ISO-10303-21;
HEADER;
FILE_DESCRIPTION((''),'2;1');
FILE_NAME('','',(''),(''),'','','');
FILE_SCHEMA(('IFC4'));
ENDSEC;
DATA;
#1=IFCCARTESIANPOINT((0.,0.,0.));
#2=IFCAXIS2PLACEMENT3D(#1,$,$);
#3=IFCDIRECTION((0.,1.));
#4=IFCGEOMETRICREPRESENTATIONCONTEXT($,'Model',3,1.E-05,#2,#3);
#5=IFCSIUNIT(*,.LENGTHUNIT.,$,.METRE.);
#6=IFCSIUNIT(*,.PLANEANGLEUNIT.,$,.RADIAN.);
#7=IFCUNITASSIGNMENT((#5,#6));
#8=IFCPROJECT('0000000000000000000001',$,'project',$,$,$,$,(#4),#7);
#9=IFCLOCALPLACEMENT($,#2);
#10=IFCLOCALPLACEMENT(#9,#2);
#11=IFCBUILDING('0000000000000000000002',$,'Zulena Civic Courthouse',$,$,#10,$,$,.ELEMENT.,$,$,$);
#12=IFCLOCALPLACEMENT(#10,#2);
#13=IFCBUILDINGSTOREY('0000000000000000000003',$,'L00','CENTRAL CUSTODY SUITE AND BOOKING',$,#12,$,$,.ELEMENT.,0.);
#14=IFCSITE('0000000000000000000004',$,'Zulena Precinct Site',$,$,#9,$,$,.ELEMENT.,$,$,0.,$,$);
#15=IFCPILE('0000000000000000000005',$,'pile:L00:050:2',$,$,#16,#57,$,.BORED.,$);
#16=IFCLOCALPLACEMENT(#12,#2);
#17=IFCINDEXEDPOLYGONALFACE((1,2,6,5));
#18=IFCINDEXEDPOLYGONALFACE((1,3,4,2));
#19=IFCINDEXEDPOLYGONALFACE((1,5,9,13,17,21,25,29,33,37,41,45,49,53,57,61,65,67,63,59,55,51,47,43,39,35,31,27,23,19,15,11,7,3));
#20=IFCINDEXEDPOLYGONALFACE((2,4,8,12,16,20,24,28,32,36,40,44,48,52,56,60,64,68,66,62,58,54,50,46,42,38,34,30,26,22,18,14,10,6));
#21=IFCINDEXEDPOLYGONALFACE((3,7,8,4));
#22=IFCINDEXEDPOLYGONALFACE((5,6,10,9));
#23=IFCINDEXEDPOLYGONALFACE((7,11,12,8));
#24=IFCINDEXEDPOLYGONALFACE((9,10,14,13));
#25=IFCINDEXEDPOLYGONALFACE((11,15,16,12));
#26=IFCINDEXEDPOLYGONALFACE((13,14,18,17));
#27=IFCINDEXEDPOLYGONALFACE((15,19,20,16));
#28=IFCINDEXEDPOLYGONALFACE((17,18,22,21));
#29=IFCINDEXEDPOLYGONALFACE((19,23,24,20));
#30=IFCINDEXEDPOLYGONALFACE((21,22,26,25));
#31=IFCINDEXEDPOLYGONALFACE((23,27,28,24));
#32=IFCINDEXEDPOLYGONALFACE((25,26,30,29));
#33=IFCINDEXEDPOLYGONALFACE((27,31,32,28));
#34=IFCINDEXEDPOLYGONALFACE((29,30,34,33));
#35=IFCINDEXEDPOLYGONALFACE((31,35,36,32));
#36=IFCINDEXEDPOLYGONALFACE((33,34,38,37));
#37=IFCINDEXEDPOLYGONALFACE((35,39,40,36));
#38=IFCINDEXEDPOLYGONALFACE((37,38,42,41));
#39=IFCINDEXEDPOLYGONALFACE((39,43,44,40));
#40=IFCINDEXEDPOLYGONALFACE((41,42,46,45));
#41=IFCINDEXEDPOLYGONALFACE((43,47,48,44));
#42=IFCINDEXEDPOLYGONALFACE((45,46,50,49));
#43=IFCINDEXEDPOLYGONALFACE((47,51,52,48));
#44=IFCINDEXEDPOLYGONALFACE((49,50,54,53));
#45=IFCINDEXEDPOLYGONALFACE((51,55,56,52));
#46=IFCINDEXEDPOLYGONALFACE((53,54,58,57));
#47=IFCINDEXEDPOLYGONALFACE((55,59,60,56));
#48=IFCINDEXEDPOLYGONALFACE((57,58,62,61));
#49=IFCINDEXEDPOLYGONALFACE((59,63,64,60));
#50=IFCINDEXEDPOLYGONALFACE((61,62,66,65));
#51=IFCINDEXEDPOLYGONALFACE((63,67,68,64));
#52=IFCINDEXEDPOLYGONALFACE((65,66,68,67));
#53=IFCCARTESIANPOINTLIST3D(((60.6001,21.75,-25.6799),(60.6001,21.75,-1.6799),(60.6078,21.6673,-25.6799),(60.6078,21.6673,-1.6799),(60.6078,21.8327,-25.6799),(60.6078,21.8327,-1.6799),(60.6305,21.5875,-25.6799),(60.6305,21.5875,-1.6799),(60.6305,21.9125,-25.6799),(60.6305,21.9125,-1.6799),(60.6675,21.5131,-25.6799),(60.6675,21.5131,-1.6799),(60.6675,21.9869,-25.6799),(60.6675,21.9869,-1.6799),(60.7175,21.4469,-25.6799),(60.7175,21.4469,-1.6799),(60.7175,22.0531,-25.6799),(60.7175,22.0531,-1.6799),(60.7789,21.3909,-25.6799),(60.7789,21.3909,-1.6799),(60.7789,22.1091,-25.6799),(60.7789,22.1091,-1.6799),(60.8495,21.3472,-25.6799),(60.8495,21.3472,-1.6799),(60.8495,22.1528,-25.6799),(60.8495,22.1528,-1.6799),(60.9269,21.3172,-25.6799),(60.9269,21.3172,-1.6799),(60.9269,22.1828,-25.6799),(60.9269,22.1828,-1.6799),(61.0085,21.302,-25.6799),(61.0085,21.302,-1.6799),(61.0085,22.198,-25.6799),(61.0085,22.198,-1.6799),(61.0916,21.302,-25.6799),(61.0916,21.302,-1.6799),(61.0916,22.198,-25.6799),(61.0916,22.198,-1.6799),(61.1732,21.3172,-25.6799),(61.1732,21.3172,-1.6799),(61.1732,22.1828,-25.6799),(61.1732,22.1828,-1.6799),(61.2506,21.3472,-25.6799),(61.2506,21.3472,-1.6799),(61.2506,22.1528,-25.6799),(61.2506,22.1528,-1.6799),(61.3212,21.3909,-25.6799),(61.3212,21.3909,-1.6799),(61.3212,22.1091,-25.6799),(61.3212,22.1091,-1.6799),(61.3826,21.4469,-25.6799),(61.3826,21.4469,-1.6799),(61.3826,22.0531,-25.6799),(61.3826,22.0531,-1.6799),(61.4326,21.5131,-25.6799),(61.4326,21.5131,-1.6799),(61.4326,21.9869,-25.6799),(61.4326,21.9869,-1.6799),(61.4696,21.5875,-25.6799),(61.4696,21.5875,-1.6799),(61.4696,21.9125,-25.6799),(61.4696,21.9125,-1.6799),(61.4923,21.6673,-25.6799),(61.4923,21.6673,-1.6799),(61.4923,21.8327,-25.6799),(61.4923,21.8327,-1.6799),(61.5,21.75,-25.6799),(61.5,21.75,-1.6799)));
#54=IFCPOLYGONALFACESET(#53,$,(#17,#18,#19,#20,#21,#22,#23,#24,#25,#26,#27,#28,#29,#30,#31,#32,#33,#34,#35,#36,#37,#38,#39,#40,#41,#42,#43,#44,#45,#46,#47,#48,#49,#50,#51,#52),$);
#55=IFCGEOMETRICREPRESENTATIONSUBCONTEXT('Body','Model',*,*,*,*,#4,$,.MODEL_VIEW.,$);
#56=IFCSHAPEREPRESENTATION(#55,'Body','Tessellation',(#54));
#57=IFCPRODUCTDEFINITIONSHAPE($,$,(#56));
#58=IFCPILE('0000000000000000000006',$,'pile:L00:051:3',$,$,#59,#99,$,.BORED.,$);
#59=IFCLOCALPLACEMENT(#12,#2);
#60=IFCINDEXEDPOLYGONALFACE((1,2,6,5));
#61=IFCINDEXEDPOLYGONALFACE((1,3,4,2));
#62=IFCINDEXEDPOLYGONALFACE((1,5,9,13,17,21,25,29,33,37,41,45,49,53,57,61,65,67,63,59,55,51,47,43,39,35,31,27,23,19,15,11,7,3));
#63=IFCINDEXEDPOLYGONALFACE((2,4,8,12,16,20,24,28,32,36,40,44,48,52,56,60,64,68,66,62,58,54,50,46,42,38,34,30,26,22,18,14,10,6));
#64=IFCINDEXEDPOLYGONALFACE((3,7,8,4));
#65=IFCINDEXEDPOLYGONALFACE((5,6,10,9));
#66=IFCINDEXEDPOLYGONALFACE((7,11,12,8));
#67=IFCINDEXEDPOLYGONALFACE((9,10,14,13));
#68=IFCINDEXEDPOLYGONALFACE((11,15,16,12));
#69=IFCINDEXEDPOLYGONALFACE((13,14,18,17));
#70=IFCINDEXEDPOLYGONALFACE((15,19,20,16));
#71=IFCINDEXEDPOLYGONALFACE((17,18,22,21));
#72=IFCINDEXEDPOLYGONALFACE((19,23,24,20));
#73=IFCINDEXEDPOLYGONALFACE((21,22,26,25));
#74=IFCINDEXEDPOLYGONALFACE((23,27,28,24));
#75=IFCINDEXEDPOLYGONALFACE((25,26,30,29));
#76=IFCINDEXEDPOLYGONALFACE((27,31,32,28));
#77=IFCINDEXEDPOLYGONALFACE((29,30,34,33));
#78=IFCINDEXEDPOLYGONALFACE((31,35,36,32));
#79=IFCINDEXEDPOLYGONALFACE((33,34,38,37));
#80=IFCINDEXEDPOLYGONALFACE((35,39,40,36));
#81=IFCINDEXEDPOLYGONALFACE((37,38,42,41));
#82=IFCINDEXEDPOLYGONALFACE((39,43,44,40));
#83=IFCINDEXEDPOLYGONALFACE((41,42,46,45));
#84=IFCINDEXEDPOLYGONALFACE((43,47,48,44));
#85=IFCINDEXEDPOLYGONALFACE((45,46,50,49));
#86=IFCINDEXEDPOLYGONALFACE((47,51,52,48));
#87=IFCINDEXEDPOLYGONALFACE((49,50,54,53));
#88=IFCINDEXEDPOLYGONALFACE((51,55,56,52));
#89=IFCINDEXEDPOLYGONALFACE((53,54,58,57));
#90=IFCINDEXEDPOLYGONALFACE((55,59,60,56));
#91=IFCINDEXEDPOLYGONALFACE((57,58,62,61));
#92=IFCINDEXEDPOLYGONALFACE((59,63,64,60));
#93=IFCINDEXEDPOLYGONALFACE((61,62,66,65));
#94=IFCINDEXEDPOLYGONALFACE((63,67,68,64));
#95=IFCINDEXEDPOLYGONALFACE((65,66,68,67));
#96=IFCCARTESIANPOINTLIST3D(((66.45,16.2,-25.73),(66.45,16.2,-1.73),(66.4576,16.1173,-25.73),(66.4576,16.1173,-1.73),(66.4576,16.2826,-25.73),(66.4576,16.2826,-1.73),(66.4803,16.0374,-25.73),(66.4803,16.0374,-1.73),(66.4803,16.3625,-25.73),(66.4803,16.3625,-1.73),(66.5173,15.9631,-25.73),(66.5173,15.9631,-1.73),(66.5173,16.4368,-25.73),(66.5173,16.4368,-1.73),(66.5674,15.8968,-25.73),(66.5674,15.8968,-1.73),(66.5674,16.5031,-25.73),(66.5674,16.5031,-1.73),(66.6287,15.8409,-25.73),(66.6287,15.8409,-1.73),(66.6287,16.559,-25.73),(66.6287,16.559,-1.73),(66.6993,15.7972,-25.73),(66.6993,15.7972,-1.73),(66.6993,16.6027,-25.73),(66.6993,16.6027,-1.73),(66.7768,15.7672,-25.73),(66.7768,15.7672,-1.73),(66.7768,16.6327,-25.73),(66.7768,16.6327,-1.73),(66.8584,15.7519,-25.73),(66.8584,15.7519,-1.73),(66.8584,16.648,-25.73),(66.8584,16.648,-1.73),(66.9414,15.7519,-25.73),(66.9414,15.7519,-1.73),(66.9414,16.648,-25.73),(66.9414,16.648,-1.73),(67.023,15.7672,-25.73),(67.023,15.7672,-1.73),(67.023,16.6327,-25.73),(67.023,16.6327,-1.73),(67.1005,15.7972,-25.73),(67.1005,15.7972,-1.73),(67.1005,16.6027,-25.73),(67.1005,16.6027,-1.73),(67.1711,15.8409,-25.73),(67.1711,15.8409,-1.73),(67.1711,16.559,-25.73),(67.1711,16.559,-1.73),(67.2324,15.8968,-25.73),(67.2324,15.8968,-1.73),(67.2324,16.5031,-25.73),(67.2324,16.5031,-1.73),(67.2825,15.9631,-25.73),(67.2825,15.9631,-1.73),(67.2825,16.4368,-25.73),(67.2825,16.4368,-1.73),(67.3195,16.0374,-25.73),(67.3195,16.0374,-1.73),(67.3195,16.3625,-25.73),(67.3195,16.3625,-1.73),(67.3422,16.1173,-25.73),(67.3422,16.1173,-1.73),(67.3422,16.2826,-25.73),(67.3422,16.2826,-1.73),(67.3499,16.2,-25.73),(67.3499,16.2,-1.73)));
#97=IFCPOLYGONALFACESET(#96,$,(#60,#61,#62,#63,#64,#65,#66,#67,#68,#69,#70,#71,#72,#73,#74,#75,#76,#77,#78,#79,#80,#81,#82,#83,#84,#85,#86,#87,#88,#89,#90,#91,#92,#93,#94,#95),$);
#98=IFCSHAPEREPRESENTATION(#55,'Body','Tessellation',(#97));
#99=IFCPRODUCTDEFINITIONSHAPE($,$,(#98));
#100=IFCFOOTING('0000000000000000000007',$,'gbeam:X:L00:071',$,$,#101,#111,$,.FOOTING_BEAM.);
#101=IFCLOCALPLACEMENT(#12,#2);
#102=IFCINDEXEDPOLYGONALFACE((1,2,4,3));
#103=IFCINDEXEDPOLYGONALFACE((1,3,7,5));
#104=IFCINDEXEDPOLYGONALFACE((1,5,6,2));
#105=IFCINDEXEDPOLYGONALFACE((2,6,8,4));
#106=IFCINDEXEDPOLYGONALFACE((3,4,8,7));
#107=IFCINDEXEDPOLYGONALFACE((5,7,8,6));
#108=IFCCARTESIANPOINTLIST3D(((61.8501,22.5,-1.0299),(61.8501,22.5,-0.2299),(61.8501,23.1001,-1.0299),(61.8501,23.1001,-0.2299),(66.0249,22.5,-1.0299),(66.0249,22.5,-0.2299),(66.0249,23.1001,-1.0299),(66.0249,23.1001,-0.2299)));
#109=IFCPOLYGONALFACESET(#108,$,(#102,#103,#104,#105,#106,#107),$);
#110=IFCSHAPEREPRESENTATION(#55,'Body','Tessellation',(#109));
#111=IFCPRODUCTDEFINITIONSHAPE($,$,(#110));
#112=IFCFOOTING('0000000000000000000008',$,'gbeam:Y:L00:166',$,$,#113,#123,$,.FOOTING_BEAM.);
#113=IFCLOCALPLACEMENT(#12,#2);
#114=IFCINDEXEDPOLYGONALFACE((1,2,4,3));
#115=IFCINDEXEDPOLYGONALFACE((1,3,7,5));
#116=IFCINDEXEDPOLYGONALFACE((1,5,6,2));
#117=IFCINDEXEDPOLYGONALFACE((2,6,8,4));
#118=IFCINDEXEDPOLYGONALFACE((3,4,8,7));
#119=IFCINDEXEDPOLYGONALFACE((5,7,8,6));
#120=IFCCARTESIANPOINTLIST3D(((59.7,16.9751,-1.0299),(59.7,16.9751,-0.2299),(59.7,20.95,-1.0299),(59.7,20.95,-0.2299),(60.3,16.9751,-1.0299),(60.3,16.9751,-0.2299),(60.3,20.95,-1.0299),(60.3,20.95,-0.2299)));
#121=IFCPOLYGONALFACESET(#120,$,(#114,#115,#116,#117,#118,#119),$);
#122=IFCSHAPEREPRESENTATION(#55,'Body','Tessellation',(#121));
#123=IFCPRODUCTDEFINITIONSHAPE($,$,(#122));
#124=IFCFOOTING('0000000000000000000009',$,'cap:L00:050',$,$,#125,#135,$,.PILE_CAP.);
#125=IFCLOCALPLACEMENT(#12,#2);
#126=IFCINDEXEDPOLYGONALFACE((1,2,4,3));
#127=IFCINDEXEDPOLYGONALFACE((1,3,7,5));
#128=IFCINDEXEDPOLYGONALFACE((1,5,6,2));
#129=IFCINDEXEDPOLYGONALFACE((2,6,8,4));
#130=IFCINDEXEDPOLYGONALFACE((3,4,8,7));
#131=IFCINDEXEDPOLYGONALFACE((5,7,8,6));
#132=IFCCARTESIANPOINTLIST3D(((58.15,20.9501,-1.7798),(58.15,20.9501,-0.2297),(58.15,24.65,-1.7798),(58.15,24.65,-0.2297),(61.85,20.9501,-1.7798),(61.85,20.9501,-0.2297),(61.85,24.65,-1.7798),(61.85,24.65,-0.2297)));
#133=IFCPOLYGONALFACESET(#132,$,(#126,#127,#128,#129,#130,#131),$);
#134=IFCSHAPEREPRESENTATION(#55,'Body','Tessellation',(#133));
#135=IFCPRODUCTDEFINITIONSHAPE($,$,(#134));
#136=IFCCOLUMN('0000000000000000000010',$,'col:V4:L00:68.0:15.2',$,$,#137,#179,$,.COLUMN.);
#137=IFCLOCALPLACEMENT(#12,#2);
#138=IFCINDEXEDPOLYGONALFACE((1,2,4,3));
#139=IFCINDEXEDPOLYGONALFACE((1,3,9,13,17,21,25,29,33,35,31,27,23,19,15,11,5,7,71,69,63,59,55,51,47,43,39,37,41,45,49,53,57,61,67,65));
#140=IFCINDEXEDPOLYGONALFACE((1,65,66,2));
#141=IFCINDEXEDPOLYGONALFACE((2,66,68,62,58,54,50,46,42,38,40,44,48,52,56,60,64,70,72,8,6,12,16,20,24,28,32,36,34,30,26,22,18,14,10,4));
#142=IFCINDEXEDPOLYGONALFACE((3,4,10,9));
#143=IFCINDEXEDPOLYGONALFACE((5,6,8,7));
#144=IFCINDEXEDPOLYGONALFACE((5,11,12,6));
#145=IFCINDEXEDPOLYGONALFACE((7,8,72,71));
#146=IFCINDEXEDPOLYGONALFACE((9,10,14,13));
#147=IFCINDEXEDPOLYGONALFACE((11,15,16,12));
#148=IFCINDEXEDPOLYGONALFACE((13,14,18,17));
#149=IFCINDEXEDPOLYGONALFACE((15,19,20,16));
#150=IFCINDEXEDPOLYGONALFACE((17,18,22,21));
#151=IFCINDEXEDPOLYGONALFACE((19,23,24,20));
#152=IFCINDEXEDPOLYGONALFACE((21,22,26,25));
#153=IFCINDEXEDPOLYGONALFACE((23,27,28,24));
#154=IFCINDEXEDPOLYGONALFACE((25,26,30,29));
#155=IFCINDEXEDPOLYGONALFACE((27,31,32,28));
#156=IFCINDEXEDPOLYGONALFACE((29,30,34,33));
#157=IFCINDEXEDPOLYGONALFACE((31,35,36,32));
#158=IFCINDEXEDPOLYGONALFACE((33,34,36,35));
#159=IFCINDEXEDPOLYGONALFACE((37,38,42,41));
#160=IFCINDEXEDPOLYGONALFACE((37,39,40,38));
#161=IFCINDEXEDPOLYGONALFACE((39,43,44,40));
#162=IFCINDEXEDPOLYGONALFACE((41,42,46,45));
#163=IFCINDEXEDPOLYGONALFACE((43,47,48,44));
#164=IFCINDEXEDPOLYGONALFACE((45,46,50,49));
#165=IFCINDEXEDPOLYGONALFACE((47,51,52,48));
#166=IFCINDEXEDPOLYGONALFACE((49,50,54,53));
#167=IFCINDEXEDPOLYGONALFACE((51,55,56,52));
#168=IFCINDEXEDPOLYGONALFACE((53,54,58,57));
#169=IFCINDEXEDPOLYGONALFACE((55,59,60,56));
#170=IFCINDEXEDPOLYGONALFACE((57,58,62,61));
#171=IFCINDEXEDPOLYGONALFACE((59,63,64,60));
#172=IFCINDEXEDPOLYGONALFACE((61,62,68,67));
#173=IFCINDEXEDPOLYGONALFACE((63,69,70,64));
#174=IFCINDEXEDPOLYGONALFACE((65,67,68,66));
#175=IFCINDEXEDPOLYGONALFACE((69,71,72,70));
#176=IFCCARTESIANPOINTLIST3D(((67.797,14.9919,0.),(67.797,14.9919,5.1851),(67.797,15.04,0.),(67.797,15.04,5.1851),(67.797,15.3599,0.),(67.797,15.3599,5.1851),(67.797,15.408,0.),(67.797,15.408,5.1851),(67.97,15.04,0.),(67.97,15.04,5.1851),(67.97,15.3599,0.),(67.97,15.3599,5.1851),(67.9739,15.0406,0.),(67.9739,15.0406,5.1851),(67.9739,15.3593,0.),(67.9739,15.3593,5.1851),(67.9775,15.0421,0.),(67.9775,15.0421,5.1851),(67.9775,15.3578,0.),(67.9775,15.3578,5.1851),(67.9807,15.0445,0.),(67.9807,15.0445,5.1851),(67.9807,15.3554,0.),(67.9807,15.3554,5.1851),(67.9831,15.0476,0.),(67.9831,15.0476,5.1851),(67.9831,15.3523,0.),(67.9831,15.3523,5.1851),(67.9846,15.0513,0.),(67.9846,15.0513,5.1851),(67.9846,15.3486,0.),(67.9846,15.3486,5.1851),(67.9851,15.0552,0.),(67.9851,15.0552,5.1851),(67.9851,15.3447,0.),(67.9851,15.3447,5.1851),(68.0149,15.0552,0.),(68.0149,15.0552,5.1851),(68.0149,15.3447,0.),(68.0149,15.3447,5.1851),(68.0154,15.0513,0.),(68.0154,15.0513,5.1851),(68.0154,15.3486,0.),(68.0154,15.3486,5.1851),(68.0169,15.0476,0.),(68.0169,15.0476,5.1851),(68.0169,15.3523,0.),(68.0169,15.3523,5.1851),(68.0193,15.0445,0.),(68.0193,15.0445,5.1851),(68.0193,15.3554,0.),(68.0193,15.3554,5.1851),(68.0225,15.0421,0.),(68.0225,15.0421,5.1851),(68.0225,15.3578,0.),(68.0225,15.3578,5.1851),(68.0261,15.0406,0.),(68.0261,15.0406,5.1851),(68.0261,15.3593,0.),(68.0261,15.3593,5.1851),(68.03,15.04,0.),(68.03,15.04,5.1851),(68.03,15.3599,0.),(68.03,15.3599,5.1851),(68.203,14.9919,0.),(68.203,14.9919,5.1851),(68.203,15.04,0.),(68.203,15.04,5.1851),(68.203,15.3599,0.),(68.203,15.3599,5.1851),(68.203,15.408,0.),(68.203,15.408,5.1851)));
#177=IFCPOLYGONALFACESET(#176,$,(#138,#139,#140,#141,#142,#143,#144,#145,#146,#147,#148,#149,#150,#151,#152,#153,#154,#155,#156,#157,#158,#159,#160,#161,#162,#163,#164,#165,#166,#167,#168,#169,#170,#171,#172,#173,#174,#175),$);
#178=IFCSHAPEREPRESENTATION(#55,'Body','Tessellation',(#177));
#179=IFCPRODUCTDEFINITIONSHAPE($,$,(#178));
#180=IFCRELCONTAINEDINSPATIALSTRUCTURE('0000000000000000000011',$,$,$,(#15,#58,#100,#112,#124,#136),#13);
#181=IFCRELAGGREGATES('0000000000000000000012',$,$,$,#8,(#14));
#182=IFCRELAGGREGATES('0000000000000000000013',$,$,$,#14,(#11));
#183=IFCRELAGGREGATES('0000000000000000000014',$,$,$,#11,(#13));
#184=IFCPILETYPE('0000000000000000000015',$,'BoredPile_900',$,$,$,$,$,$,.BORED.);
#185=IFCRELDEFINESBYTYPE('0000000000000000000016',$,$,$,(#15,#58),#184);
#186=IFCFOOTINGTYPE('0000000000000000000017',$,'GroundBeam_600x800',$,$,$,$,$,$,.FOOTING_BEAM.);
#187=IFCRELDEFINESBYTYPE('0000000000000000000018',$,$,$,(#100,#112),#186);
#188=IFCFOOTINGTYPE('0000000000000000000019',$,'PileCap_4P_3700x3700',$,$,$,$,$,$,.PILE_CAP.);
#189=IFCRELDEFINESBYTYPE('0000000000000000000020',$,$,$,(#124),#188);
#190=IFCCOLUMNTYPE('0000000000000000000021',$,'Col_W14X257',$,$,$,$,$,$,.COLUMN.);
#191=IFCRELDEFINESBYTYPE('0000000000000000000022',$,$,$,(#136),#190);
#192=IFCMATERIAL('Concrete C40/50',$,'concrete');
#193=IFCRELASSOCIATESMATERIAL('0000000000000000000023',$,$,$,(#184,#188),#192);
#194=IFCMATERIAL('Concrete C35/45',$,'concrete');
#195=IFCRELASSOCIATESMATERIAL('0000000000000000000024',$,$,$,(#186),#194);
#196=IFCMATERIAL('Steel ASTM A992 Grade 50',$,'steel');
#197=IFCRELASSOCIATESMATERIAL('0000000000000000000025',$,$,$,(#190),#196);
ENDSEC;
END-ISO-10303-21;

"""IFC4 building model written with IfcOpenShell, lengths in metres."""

from ifc_helpers import new_model, si_unit, direction, frame, origin, origin_2d, place, context, subcontext, project, spatial, rectangle, circle, i_section, extrude, material, material_profile, profile_set, type_object, element, save


model = new_model("IFC4")

# Units and contexts
model_context = context("Model", 3, precision=1e-05, world=origin(), true_north=direction((0.0, 1.0)))
body_context = subcontext(model_context, "Body", "Model", "MODEL_VIEW")
ifc_project = project(units=[si_unit("LENGTHUNIT", "METRE"), si_unit("PLANEANGLEUNIT", "RADIAN")], contexts=[model_context])

# Site, building, storey
site_placement = place(None, origin())
site = spatial("IfcSite", under=ifc_project, at=site_placement, Name="Zulena Precinct Site", CompositionType="ELEMENT", RefElevation=0.0)
building_placement = place(site_placement, origin())
building = spatial("IfcBuilding", under=site, at=building_placement, Name="Zulena Civic Courthouse", CompositionType="ELEMENT")
storey_placement = place(building_placement, origin())
storey = spatial("IfcBuildingStorey", under=building, at=storey_placement, Name="L00", Description="CENTRAL CUSTODY SUITE AND BOOKING", CompositionType="ELEMENT", Elevation=0.0)

# Piles
ifc_material_1 = material(Name="Concrete C40/50", Category="concrete")
ifc_material_profile_1 = material_profile(ifc_material_1, circle(Radius=0.45, at=origin_2d()), Name="PILE900")
ifc_profile_set_1 = profile_set([ifc_material_profile_1], Name="Concrete C40/50")
pile_type_1 = type_object("IfcPileType", Name="BoredPile_900", PredefinedType="BORED", material=ifc_profile_set_1)
for number, where, z_axis, x_axis, name in (
    (1, (61.05, 21.75, -1.6799), (0.0, 0.0, -1.0), (1.0, 0.0, 0.0), "pile:L00:050:2"),
    (2, (66.8999, 16.2, -1.73), (0.0, 0.0, -1.0), (1.0, 0.0, 0.0), "pile:L00:051:3"),
):
    element("IfcPile", number, at=place(storey_placement, frame(where, z_axis=z_axis, x_axis=x_axis)), inside=storey, type_object=pile_type_1, Name=name, PredefinedType="BORED", context=body_context, shape_type="SweptSolid", body=[
        extrude(circle(Radius=0.45, at=origin_2d()), origin(), (0.0, 0.0, 1.0), 24.0),
    ])

# Footings
ifc_material_2 = material(Name="Concrete C35/45", Category="concrete")
ifc_material_profile_2 = material_profile(ifc_material_2, rectangle(XDim=0.6001, YDim=0.8, at=origin_2d()), Name="RC600X800")
ifc_profile_set_2 = profile_set([ifc_material_profile_2], Name="Concrete C35/45")
footing_type_1 = type_object("IfcFootingType", Name="GroundBeam_600x800", PredefinedType="FOOTING_BEAM", material=ifc_profile_set_2)
footing_1_placement = place(storey_placement, frame((61.8501, 22.8, -0.6299), z_axis=(1.0, 0.0, 0.0), x_axis=(0.0, 1.0, 0.0)))
element("IfcFooting", 3, at=footing_1_placement, inside=storey, type_object=footing_type_1, Name="gbeam:X:L00:071", PredefinedType="FOOTING_BEAM", context=body_context, shape_type="SweptSolid", body=[
    extrude(rectangle(XDim=0.6001, YDim=0.8, at=origin_2d()), origin(), (0.0, 0.0, 1.0), 4.1748),
])
footing_2_placement = place(storey_placement, frame((60.0, 16.9751, -0.6299), z_axis=(0.0, 1.0, 0.0), x_axis=(-1.0, 0.0, 0.0)))
element("IfcFooting", 4, at=footing_2_placement, inside=storey, type_object=footing_type_1, Name="gbeam:Y:L00:166", PredefinedType="FOOTING_BEAM", context=body_context, shape_type="SweptSolid", body=[
    extrude(rectangle(XDim=0.6001, YDim=0.8, at=origin_2d()), origin(), (0.0, 0.0, 1.0), 3.9749),
])
footing_type_2 = type_object("IfcFootingType", Name="PileCap_4P_3700x3700", PredefinedType="PILE_CAP", material=ifc_material_1)
footing_3_placement = place(storey_placement, frame((60.0, 22.8, -1.7798), z_axis=(0.0, 0.0, 1.0), x_axis=(1.0, 0.0, 0.0)))
element("IfcFooting", 5, at=footing_3_placement, inside=storey, type_object=footing_type_2, Name="cap:L00:050", PredefinedType="PILE_CAP", context=body_context, shape_type="SweptSolid", body=[
    extrude(rectangle(XDim=3.7, YDim=3.7, at=origin_2d()), origin(), (0.0, 0.0, 1.0), 1.55),
])

# Column
ifc_material_3 = material(Name="Steel ASTM A992 Grade 50", Category="steel")
ifc_material_profile_3 = material_profile(ifc_material_3, i_section(OverallWidth=0.406, OverallDepth=0.416, WebThickness=0.0298, FlangeThickness=0.0481, FilletRadius=0.0151, at=origin_2d()), Name="W14X257")
ifc_profile_set_3 = profile_set([ifc_material_profile_3], Name="Steel ASTM A992 Grade 50")
column_type_1 = type_object("IfcColumnType", Name="Col_W14X257", PredefinedType="COLUMN", material=ifc_profile_set_3)
column_1_placement = place(storey_placement, frame((68.0, 15.2, 0.0), z_axis=(0.0, 0.0, 1.0), x_axis=(1.0, 0.0, 0.0)))
element("IfcColumn", 6, at=column_1_placement, inside=storey, type_object=column_type_1, Name="col:V4:L00:68.0:15.2", PredefinedType="COLUMN", context=body_context, shape_type="SweptSolid", body=[
    extrude(i_section(OverallWidth=0.406, OverallDepth=0.416, WebThickness=0.0298, FlangeThickness=0.0481, FilletRadius=0.0151, at=origin_2d()), origin(), (0.0, 0.0, 1.0), 5.1851),
])

save(model, "model.ifc")
